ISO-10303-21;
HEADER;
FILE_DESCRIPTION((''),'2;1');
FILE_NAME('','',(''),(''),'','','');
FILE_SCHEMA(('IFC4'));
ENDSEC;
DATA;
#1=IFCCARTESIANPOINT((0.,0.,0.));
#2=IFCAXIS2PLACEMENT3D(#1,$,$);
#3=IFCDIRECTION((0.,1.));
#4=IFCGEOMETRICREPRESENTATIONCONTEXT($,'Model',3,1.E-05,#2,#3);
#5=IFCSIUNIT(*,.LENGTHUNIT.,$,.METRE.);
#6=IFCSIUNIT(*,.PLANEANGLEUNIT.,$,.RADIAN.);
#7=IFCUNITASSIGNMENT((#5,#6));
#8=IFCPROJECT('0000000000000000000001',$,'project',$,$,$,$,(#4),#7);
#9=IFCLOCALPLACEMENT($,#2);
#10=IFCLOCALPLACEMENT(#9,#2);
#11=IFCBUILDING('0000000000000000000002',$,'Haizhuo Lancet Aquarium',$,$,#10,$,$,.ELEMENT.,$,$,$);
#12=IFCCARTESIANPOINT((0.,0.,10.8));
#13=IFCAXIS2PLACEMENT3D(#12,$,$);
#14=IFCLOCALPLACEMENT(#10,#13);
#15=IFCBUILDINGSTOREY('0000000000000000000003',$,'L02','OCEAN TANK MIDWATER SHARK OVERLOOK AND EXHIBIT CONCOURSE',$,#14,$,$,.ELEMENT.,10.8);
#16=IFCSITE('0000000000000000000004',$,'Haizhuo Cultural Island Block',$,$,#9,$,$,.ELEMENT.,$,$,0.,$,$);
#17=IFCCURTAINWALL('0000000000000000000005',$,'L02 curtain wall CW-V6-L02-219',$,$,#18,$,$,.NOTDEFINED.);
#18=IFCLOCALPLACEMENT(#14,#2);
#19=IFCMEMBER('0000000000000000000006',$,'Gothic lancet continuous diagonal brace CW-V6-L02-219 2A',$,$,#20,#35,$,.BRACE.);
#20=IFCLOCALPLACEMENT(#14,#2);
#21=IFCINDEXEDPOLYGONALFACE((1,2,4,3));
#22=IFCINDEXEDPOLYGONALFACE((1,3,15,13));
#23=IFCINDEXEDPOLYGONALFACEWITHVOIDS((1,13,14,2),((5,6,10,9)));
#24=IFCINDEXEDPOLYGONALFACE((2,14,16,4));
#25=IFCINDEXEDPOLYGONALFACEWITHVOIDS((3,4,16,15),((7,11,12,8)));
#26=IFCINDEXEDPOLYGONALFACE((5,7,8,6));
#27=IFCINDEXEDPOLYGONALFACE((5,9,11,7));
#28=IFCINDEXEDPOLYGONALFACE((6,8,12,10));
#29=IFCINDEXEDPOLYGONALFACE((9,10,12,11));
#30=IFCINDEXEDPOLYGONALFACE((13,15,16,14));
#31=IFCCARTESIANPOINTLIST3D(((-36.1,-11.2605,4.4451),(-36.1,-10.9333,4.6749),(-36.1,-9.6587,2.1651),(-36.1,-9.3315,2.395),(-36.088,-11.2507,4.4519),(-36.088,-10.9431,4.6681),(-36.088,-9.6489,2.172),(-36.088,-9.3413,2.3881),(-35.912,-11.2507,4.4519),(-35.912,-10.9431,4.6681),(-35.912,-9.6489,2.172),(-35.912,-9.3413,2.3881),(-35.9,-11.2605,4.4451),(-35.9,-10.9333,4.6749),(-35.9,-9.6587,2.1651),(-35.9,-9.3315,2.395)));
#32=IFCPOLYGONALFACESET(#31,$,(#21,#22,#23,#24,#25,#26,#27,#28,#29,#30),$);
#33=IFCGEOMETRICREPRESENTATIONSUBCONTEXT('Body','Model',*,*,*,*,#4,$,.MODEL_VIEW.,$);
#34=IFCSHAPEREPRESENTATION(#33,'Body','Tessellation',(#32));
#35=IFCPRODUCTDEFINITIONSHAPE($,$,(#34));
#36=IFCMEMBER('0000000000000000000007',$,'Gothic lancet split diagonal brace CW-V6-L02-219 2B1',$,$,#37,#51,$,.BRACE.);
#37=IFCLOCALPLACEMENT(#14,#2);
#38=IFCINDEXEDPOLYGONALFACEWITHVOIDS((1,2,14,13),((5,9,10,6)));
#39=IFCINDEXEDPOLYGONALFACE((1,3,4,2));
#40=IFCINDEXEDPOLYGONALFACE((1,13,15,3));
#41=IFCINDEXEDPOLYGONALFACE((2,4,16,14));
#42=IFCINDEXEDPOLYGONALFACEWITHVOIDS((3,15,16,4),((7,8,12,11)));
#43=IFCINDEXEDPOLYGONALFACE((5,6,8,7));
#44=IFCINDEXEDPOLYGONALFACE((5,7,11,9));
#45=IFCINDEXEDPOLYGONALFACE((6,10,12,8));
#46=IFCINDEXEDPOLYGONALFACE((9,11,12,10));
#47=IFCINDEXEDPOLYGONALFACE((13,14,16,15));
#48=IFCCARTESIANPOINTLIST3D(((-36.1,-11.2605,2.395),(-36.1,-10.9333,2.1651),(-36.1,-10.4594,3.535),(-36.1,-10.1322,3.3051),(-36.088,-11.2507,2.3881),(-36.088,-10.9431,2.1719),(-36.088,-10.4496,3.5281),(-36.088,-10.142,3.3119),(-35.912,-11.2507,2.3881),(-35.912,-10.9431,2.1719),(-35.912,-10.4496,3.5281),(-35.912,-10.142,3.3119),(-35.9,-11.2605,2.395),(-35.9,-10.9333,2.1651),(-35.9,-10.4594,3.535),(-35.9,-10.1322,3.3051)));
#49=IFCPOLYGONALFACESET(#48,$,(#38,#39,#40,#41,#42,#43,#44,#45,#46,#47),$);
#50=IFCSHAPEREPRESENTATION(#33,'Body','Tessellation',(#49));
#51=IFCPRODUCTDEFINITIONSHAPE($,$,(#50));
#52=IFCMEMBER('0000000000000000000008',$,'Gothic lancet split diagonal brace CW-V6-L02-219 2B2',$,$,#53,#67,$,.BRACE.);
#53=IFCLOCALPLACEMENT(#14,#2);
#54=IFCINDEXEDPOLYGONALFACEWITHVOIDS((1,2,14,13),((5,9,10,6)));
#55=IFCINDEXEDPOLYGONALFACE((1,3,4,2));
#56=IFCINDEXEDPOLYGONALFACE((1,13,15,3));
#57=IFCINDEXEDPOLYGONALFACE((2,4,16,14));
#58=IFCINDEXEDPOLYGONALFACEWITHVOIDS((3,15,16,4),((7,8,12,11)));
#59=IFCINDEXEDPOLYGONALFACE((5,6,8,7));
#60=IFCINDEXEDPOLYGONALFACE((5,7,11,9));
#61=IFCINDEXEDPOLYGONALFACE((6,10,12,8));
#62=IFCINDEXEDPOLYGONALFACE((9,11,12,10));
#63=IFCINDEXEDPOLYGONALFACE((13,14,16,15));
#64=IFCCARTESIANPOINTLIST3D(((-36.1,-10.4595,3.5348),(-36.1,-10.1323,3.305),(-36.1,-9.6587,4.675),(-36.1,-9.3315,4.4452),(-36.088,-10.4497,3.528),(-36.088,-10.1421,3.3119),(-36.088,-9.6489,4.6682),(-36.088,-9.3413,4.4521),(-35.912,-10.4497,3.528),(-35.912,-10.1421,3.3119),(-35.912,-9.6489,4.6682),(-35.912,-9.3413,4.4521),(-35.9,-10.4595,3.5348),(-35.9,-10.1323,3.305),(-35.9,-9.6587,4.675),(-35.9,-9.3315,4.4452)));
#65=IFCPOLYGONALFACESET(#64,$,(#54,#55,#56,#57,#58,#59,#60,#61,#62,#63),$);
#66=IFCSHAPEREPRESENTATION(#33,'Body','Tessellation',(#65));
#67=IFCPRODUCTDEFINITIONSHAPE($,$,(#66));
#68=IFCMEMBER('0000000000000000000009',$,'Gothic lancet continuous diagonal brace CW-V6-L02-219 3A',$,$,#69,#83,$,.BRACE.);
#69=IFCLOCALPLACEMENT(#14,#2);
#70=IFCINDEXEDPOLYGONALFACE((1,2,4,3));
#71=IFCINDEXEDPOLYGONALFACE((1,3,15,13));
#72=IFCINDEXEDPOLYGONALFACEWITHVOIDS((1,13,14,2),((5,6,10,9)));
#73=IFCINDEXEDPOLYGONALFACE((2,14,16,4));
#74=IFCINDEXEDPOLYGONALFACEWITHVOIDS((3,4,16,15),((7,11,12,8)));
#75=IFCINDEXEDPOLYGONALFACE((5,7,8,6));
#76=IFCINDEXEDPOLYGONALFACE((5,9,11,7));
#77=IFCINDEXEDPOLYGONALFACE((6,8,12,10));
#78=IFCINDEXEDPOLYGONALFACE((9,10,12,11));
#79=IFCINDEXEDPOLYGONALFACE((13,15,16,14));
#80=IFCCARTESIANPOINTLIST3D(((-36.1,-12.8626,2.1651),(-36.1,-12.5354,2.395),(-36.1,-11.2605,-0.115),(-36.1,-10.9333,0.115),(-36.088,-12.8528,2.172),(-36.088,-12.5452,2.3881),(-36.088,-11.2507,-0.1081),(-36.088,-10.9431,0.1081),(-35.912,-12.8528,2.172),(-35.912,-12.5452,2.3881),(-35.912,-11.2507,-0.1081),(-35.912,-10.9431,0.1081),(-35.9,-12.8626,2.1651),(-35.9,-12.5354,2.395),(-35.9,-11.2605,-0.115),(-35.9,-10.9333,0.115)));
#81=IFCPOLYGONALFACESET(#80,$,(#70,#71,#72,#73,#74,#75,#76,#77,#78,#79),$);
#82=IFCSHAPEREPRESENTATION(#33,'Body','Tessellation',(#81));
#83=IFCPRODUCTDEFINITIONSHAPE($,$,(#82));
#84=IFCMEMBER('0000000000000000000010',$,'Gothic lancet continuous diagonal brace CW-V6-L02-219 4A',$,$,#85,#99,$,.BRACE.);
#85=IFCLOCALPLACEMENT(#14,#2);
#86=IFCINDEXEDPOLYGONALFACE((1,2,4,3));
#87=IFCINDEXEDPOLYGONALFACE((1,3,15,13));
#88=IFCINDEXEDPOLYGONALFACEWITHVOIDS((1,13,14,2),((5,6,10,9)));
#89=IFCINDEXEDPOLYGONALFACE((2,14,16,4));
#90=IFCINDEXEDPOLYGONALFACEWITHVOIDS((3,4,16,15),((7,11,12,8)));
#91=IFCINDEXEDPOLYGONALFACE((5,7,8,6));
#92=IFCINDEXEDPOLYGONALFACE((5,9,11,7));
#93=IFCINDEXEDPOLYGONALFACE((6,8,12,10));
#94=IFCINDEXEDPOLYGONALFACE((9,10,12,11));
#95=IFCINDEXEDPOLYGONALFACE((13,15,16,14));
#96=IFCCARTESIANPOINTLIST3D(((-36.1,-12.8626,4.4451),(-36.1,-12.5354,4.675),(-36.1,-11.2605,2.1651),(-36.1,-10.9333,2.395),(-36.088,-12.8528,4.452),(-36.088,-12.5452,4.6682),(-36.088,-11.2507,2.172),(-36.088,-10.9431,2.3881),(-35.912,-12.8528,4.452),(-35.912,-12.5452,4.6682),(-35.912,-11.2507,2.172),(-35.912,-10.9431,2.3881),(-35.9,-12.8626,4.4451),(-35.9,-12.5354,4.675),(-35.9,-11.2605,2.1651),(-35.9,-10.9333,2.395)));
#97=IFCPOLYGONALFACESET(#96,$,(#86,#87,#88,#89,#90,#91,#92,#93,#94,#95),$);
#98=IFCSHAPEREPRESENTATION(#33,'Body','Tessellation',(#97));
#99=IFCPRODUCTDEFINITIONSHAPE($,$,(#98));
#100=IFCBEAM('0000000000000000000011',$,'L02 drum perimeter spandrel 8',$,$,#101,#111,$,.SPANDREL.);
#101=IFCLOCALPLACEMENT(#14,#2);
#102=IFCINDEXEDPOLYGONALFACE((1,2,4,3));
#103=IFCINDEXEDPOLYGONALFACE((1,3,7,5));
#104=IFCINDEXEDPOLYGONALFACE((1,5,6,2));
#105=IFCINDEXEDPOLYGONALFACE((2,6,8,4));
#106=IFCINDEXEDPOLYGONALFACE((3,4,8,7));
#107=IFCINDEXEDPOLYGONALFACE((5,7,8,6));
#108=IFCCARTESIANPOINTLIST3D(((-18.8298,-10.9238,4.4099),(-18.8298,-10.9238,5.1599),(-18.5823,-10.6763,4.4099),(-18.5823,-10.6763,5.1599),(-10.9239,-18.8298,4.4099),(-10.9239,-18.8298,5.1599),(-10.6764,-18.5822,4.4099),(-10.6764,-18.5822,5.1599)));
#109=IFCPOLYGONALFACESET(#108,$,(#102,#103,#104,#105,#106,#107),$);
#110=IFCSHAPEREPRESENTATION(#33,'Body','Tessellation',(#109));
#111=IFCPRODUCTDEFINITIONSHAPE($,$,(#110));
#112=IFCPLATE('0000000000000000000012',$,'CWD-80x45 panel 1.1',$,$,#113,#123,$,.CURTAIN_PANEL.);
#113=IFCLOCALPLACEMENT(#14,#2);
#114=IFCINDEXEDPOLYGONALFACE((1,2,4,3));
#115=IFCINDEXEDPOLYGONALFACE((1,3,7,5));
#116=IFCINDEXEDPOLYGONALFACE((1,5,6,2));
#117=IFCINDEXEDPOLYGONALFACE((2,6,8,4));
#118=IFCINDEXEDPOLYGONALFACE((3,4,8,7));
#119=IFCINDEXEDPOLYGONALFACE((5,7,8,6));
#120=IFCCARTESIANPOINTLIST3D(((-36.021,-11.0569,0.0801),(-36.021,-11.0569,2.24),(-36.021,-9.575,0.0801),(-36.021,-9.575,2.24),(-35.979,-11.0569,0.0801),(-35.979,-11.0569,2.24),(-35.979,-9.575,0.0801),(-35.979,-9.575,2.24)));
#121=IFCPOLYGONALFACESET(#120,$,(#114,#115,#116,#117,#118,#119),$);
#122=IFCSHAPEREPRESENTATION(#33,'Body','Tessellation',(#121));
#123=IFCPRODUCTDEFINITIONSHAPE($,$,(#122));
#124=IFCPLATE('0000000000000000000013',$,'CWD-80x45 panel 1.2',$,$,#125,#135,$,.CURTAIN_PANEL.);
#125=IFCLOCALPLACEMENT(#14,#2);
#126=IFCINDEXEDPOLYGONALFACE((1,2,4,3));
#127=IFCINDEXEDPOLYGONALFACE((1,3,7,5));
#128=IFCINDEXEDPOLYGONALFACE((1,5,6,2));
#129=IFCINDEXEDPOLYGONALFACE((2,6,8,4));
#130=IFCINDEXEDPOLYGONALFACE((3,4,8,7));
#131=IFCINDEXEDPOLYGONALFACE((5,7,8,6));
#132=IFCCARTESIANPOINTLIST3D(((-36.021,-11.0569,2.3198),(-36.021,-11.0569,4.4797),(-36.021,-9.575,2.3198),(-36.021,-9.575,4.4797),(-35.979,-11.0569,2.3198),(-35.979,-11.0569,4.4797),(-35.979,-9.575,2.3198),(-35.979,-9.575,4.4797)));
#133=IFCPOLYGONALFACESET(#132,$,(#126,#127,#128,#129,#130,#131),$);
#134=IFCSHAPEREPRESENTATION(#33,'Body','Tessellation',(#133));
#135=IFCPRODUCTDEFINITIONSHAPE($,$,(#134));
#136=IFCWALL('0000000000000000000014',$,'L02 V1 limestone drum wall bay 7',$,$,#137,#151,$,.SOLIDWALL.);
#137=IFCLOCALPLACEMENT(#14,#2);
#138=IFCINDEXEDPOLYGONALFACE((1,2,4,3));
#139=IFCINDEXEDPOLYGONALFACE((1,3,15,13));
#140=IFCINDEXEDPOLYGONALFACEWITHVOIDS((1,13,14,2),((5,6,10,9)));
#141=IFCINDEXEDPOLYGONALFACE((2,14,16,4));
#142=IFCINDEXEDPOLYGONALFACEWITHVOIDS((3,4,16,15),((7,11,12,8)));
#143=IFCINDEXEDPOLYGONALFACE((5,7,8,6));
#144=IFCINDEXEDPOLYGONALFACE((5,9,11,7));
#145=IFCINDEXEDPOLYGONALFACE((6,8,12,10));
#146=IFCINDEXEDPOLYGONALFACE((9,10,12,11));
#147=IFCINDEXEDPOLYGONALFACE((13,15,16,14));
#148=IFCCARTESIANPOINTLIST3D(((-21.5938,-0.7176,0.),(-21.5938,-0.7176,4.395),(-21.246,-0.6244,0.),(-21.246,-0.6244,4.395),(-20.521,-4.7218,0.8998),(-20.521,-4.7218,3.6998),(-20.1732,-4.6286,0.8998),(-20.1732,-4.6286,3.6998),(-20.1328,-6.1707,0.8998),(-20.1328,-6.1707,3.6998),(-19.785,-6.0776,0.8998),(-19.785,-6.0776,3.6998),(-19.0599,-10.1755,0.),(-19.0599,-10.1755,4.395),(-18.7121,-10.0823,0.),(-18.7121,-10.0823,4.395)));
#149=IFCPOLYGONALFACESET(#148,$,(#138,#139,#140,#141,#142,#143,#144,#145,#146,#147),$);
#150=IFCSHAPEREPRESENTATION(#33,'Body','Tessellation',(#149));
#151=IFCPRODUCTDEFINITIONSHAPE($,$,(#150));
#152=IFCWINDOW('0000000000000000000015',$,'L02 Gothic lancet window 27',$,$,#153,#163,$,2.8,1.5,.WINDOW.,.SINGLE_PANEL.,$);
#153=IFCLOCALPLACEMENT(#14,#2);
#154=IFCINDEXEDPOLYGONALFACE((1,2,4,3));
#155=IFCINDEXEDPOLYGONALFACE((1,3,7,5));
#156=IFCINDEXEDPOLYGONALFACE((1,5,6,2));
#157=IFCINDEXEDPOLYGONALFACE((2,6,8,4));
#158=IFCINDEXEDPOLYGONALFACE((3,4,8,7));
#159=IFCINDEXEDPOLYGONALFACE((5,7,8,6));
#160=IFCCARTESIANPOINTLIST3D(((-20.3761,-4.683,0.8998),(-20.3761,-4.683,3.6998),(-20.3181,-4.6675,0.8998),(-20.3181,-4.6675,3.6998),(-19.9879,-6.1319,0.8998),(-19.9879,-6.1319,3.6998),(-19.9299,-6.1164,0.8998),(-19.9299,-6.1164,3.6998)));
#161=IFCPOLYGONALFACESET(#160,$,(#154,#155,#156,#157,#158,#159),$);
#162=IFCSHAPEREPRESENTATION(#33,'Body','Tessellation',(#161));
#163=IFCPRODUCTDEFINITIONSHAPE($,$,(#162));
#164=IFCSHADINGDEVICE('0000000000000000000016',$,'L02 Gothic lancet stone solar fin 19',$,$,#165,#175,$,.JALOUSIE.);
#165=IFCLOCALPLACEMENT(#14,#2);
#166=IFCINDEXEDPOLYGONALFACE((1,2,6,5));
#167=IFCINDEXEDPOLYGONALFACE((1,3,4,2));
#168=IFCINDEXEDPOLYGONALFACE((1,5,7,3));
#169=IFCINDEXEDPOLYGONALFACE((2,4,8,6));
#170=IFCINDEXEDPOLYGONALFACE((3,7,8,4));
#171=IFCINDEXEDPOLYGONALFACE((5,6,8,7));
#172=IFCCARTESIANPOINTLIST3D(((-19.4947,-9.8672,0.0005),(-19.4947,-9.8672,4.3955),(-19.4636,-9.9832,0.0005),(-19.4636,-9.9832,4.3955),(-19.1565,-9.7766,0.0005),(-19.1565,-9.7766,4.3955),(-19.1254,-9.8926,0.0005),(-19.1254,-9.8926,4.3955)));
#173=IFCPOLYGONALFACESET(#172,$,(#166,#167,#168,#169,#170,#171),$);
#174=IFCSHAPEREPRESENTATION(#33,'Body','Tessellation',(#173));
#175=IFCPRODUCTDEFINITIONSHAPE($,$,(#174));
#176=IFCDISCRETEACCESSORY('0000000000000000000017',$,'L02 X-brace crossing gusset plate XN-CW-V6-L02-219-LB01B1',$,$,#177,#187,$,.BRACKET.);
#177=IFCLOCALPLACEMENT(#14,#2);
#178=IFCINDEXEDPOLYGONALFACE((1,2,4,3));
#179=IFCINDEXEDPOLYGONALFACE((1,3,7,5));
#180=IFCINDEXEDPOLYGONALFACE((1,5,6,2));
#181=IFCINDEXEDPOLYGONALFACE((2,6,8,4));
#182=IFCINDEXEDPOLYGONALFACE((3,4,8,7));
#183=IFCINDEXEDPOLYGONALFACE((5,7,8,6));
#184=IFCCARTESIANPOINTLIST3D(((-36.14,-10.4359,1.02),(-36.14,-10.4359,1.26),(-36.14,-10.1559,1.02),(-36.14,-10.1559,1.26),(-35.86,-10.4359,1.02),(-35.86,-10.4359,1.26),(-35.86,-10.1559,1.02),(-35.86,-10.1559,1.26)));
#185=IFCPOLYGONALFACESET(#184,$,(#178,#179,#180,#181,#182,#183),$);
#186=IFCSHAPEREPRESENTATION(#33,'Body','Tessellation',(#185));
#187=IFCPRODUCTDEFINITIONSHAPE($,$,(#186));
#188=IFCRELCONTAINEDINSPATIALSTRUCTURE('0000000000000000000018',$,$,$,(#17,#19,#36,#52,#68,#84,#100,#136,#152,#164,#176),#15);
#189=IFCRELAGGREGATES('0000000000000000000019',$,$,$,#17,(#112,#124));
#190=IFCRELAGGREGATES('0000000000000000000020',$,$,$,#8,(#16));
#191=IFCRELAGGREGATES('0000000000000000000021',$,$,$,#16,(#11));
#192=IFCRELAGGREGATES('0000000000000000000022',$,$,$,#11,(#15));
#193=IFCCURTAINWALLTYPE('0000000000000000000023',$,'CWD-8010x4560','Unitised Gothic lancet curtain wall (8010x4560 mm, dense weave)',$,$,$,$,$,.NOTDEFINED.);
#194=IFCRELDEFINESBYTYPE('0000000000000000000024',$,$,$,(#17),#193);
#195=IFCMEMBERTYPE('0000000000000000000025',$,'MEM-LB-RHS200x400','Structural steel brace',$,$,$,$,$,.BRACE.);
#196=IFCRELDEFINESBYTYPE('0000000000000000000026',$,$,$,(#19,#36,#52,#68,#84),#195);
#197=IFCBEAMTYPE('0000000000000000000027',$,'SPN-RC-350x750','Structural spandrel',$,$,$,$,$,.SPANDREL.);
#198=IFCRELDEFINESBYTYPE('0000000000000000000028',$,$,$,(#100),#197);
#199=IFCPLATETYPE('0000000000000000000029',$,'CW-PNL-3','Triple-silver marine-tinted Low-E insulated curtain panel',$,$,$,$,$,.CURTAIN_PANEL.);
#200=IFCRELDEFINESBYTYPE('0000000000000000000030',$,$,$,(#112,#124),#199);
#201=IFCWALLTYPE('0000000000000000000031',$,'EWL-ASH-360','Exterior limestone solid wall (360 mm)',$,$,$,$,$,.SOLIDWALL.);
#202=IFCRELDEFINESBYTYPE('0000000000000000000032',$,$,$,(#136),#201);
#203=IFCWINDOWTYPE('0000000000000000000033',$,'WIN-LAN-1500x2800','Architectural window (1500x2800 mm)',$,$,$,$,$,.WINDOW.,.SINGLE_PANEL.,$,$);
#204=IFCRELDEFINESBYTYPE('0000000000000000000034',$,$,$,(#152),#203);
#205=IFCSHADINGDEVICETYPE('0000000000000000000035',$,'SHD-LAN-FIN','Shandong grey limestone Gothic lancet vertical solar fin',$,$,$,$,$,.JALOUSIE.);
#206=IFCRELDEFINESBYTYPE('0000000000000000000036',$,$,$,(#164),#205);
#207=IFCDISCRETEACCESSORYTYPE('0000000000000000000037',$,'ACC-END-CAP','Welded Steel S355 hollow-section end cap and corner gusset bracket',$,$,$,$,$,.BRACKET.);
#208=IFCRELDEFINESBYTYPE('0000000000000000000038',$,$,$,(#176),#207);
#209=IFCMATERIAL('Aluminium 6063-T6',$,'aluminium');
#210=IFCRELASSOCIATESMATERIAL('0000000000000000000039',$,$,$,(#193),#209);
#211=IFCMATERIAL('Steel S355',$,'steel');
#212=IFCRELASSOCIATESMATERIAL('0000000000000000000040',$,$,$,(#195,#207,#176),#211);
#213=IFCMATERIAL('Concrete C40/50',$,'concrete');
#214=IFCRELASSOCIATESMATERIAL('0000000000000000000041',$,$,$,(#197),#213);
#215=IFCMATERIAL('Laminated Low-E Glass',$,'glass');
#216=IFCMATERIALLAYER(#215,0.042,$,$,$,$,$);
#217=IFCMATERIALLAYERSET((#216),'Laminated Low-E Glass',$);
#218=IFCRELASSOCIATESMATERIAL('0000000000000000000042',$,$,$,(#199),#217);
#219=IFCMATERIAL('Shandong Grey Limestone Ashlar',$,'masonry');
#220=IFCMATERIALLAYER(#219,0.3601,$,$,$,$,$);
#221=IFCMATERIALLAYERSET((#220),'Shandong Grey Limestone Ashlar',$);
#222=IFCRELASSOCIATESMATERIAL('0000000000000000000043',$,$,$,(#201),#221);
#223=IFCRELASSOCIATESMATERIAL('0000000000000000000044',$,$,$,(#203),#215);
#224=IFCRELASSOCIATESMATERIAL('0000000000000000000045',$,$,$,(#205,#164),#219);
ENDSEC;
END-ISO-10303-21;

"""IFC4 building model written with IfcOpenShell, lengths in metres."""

from ifc_helpers import new_model, si_unit, direction, frame, frame_2d, origin, origin_2d, place, context, subcontext, project, spatial, rectangle, hollow_rectangle, extrude, material, layer, layer_set, material_profile, profile_set, type_object, element, fill, aggregate, save


model = new_model("IFC4")

# Units and contexts
model_context = context("Model", 3, precision=1e-05, world=origin(), true_north=direction((0.0, 1.0)))
body_context = subcontext(model_context, "Body", "Model", "MODEL_VIEW")
ifc_project = project(units=[si_unit("LENGTHUNIT", "METRE"), si_unit("PLANEANGLEUNIT", "RADIAN")], contexts=[model_context])

# Site, building, storey
site_placement = place(None, origin())
site = spatial("IfcSite", under=ifc_project, at=site_placement, Name="Haizhuo Cultural Island Block", CompositionType="ELEMENT", RefElevation=0.0)
building_placement = place(site_placement, origin())
building = spatial("IfcBuilding", under=site, at=building_placement, Name="Haizhuo Lancet Aquarium", CompositionType="ELEMENT")
storey_placement = place(building_placement, frame((0.0, 0.0, 10.8)))
storey = spatial("IfcBuildingStorey", under=building, at=storey_placement, Name="L02", Description="OCEAN TANK MIDWATER SHARK OVERLOOK AND EXHIBIT CONCOURSE", CompositionType="ELEMENT", Elevation=10.8)

# Curtain wall
ifc_material_1 = material(Name="Aluminium 6063-T6", Category="aluminium")
curtain_wall_type = type_object("IfcCurtainWallType", Name="CWD-8010x4560", Description="Unitised Gothic lancet curtain wall (8010x4560 mm, dense weave)", PredefinedType="NOTDEFINED", material=ifc_material_1)
curtain_wall_placement = place(storey_placement, origin())
curtain_wall = element("IfcCurtainWall", 1, at=curtain_wall_placement, inside=storey, type_object=curtain_wall_type, Name="L02 curtain wall CW-V6-L02-219", PredefinedType="NOTDEFINED")

# Members
ifc_material_2 = material(Name="Steel S355", Category="steel")
ifc_material_profile_1 = material_profile(ifc_material_2, hollow_rectangle(XDim=0.2, YDim=0.3999, WallThickness=0.012, at=origin_2d()), Name="RHS 200x400x12")
ifc_profile_set_1 = profile_set([ifc_material_profile_1], Name="Steel S355")
member_type_1 = type_object("IfcMemberType", Name="MEM-LB-RHS200x400", Description="Structural steel brace", PredefinedType="BRACE", material=ifc_profile_set_1)
member_1_placement = place(storey_placement, frame((-36.0, -9.4951, 2.28), z_axis=(0.0, -0.574855, 0.818255), x_axis=(1.0, 0.0, 0.0)))
element("IfcMember", 2, at=member_1_placement, inside=storey, type_object=member_type_1, Name="Gothic lancet continuous diagonal brace CW-V6-L02-219 2A", PredefinedType="BRACE", context=body_context, shape_type="SweptSolid", body=[
    extrude(hollow_rectangle(XDim=0.2, YDim=0.3999, WallThickness=0.012, at=origin_2d()), origin(), (0.0, 0.0, 1.0), 2.7864),
])
for number, where, z_axis, x_axis, name in (
    (3, (-36.0, -11.0969, 2.28), (0.0, 0.574955, 0.818185), (-1.0, 0.0, 0.0), "Gothic lancet split diagonal brace CW-V6-L02-219 2B1"),
    (4, (-36.0, -10.2959, 3.4199), (0.0, 0.574755, 0.818325), (-1.0, 0.0, 0.0), "Gothic lancet split diagonal brace CW-V6-L02-219 2B2"),
):
    element("IfcMember", number, at=place(storey_placement, frame(where, z_axis=z_axis, x_axis=x_axis)), inside=storey, type_object=member_type_1, Name=name, PredefinedType="BRACE", context=body_context, shape_type="SweptSolid", body=[
        extrude(hollow_rectangle(XDim=0.2, YDim=0.3999, WallThickness=0.012, at=origin_2d()), origin(), (0.0, 0.0, 1.0), 1.3933),
    ])
for number, where, z_axis, x_axis, name in (
    (5, (-36.0, -11.0969, 0.0), (0.0, -0.574914, 0.818214), (1.0, 0.0, 0.0), "Gothic lancet continuous diagonal brace CW-V6-L02-219 3A"),
    (6, (-36.0, -11.0969, 2.28), (0.0, -0.574914, 0.818214), (1.0, 0.0, 0.0), "Gothic lancet continuous diagonal brace CW-V6-L02-219 4A"),
):
    element("IfcMember", number, at=place(storey_placement, frame(where, z_axis=z_axis, x_axis=x_axis)), inside=storey, type_object=member_type_1, Name=name, PredefinedType="BRACE", context=body_context, shape_type="SweptSolid", body=[
        extrude(hollow_rectangle(XDim=0.2, YDim=0.3999, WallThickness=0.012, at=origin_2d()), origin(), (0.0, 0.0, 1.0), 2.7866),
    ])

# Beam
ifc_material_3 = material(Name="Concrete C40/50", Category="concrete")
ifc_material_profile_2 = material_profile(ifc_material_3, rectangle(XDim=0.3501, YDim=0.75, at=origin_2d()), Name="RC-SP 350x750")
ifc_profile_set_2 = profile_set([ifc_material_profile_2], Name="Concrete C40/50")
beam_type = type_object("IfcBeamType", Name="SPN-RC-350x750", Description="Structural spandrel", PredefinedType="SPANDREL", material=ifc_profile_set_2)
beam_placement = place(storey_placement, frame((-18.7061, -10.8, 4.7849), z_axis=(0.707107, -0.707107, 0.0), x_axis=(0.707107, 0.707107, 0.0)))
element("IfcBeam", 7, at=beam_placement, inside=storey, type_object=beam_type, Name="L02 drum perimeter spandrel 8", PredefinedType="SPANDREL", context=body_context, shape_type="SweptSolid", body=[
    extrude(rectangle(XDim=0.3501, YDim=0.75, at=origin_2d()), origin(), (0.0, 0.0, 1.0), 11.1807),
])

# Plates
ifc_material_4 = material(Name="Laminated Low-E Glass", Category="glass")
ifc_layer_1 = layer(ifc_material_4, 0.042)
ifc_layer_set_1 = layer_set([ifc_layer_1], Name="Laminated Low-E Glass")
plate_type = type_object("IfcPlateType", Name="CW-PNL-3", Description="Triple-silver marine-tinted Low-E insulated curtain panel", PredefinedType="CURTAIN_PANEL", material=ifc_layer_set_1)
plate_1_placement = place(storey_placement, frame((-36.0, -10.3159, 0.0801), z_axis=(0.0, 0.0, 1.0), x_axis=(0.0, -1.0, 0.0)))
plate_1 = element("IfcPlate", 8, at=plate_1_placement, type_object=plate_type, Name="CWD-80x45 panel 1.1", PredefinedType="CURTAIN_PANEL", context=body_context, shape_type="SweptSolid", body=[
    extrude(rectangle(XDim=1.4819, YDim=0.042, at=origin_2d()), origin(), (0.0, 0.0, 1.0), 2.1599),
])
plate_2_placement = place(storey_placement, frame((-36.0, -10.3159, 2.3198), z_axis=(0.0, 0.0, 1.0), x_axis=(0.0, -1.0, 0.0)))
plate_2 = element("IfcPlate", 9, at=plate_2_placement, type_object=plate_type, Name="CWD-80x45 panel 1.2", PredefinedType="CURTAIN_PANEL", context=body_context, shape_type="SweptSolid", body=[
    extrude(rectangle(XDim=1.4819, YDim=0.042, at=origin_2d()), origin(), (0.0, 0.0, 1.0), 2.1599),
])
aggregate(curtain_wall, [plate_1, plate_2])

# Wall, opening, window
ifc_material_5 = material(Name="Shandong Grey Limestone Ashlar", Category="masonry")
ifc_layer_2 = layer(ifc_material_5, 0.3601)
ifc_layer_set_2 = layer_set([ifc_layer_2], Name="Shandong Grey Limestone Ashlar")
wall_type = type_object("IfcWallType", Name="EWL-ASH-360", Description="Exterior limestone solid wall (360 mm)", PredefinedType="SOLIDWALL", material=ifc_layer_set_2)
wall_placement = place(storey_placement, frame((-18.886, -10.1289, 0.0), z_axis=(0.0, 0.0, 1.0), x_axis=(-0.258788, 0.965934, 0.0)))
wall = element("IfcWall", 10, at=wall_placement, inside=storey, type_object=wall_type, Name="L02 V1 limestone drum wall bay 7", PredefinedType="SOLIDWALL", context=body_context, shape_type="SweptSolid", body=[
    extrude(rectangle(XDim=9.7915, YDim=0.3601, at=frame_2d((4.8958, 0.0))), origin(), (0.0, 0.0, 1.0), 4.395),
])
opening_placement = place(wall_placement, frame((4.146, 0.0, 0.8999)))
opening = element("IfcOpeningElement", 11, at=opening_placement, cuts=wall, PredefinedType="OPENING", context=body_context, shape_type="SweptSolid", body=[
    extrude(rectangle(XDim=1.5, YDim=2.8, at=frame_2d((0.75, 1.3999))), frame((0.0, 0.1899, 0.0), z_axis=(0.0, -1.0, 0.0), x_axis=(1.0, 0.0, 0.0)), (0.0, 0.0, 1.0), 0.3801),
])
window_type = type_object("IfcWindowType", Name="WIN-LAN-1500x2800", Description="Architectural window (1500x2800 mm)", PartitioningType="SINGLE_PANEL", PredefinedType="WINDOW", material=ifc_material_4)
window_placement = place(opening_placement, origin())
window = element("IfcWindow", 12, at=window_placement, inside=storey, type_object=window_type, Name="L02 Gothic lancet window 27", OverallHeight=2.8, OverallWidth=1.5, PartitioningType="SINGLE_PANEL", PredefinedType="WINDOW", context=body_context, shape_type="SweptSolid", body=[
    extrude(rectangle(XDim=1.5, YDim=2.8, at=frame_2d((0.75, 1.3999))), frame((0.0, 0.03, 0.0), z_axis=(0.0, -1.0, 0.0), x_axis=(1.0, 0.0, 0.0)), (0.0, 0.0, 1.0), 0.0601),
])
fill(opening, window)

# Shading device
shading_device_type = type_object("IfcShadingDeviceType", Name="SHD-LAN-FIN", Description="Shandong grey limestone Gothic lancet vertical solar fin", PredefinedType="JALOUSIE", material=ifc_material_5)
shading_device_placement = place(storey_placement, frame((-19.3101, -9.8799, 0.0005), z_axis=(0.0, 0.0, 1.0), x_axis=(-0.258794, 0.965933, 0.0)))
element("IfcShadingDevice", 13, at=shading_device_placement, inside=storey, type_object=shading_device_type, material=ifc_material_5, Name="L02 Gothic lancet stone solar fin 19", PredefinedType="JALOUSIE", context=body_context, shape_type="SweptSolid", body=[
    extrude(rectangle(XDim=0.1201, YDim=0.3501, at=origin_2d()), origin(), (0.0, 0.0, 1.0), 4.395),
])

# Discrete accessory
discrete_accessory_type = type_object("IfcDiscreteAccessoryType", Name="ACC-END-CAP", Description="Welded Steel S355 hollow-section end cap and corner gusset bracket", PredefinedType="BRACKET", material=ifc_material_2)
for number, where, z_axis, x_axis, name in (
    (14, (-36.0, -10.2959, 1.02), (0.0, 0.0, 1.0), (1.0, 0.0, 0.0), "L02 X-brace crossing gusset plate XN-CW-V6-L02-219-LB01B1"),
):
    element("IfcDiscreteAccessory", number, at=place(storey_placement, frame(where, z_axis=z_axis, x_axis=x_axis)), inside=storey, type_object=discrete_accessory_type, material=ifc_material_2, Name=name, PredefinedType="BRACKET", context=body_context, shape_type="SweptSolid", body=[
        extrude(rectangle(XDim=0.28, YDim=0.28, at=origin_2d()), origin(), (0.0, 0.0, 1.0), 0.24),
    ])

save(model, "model.ifc")
